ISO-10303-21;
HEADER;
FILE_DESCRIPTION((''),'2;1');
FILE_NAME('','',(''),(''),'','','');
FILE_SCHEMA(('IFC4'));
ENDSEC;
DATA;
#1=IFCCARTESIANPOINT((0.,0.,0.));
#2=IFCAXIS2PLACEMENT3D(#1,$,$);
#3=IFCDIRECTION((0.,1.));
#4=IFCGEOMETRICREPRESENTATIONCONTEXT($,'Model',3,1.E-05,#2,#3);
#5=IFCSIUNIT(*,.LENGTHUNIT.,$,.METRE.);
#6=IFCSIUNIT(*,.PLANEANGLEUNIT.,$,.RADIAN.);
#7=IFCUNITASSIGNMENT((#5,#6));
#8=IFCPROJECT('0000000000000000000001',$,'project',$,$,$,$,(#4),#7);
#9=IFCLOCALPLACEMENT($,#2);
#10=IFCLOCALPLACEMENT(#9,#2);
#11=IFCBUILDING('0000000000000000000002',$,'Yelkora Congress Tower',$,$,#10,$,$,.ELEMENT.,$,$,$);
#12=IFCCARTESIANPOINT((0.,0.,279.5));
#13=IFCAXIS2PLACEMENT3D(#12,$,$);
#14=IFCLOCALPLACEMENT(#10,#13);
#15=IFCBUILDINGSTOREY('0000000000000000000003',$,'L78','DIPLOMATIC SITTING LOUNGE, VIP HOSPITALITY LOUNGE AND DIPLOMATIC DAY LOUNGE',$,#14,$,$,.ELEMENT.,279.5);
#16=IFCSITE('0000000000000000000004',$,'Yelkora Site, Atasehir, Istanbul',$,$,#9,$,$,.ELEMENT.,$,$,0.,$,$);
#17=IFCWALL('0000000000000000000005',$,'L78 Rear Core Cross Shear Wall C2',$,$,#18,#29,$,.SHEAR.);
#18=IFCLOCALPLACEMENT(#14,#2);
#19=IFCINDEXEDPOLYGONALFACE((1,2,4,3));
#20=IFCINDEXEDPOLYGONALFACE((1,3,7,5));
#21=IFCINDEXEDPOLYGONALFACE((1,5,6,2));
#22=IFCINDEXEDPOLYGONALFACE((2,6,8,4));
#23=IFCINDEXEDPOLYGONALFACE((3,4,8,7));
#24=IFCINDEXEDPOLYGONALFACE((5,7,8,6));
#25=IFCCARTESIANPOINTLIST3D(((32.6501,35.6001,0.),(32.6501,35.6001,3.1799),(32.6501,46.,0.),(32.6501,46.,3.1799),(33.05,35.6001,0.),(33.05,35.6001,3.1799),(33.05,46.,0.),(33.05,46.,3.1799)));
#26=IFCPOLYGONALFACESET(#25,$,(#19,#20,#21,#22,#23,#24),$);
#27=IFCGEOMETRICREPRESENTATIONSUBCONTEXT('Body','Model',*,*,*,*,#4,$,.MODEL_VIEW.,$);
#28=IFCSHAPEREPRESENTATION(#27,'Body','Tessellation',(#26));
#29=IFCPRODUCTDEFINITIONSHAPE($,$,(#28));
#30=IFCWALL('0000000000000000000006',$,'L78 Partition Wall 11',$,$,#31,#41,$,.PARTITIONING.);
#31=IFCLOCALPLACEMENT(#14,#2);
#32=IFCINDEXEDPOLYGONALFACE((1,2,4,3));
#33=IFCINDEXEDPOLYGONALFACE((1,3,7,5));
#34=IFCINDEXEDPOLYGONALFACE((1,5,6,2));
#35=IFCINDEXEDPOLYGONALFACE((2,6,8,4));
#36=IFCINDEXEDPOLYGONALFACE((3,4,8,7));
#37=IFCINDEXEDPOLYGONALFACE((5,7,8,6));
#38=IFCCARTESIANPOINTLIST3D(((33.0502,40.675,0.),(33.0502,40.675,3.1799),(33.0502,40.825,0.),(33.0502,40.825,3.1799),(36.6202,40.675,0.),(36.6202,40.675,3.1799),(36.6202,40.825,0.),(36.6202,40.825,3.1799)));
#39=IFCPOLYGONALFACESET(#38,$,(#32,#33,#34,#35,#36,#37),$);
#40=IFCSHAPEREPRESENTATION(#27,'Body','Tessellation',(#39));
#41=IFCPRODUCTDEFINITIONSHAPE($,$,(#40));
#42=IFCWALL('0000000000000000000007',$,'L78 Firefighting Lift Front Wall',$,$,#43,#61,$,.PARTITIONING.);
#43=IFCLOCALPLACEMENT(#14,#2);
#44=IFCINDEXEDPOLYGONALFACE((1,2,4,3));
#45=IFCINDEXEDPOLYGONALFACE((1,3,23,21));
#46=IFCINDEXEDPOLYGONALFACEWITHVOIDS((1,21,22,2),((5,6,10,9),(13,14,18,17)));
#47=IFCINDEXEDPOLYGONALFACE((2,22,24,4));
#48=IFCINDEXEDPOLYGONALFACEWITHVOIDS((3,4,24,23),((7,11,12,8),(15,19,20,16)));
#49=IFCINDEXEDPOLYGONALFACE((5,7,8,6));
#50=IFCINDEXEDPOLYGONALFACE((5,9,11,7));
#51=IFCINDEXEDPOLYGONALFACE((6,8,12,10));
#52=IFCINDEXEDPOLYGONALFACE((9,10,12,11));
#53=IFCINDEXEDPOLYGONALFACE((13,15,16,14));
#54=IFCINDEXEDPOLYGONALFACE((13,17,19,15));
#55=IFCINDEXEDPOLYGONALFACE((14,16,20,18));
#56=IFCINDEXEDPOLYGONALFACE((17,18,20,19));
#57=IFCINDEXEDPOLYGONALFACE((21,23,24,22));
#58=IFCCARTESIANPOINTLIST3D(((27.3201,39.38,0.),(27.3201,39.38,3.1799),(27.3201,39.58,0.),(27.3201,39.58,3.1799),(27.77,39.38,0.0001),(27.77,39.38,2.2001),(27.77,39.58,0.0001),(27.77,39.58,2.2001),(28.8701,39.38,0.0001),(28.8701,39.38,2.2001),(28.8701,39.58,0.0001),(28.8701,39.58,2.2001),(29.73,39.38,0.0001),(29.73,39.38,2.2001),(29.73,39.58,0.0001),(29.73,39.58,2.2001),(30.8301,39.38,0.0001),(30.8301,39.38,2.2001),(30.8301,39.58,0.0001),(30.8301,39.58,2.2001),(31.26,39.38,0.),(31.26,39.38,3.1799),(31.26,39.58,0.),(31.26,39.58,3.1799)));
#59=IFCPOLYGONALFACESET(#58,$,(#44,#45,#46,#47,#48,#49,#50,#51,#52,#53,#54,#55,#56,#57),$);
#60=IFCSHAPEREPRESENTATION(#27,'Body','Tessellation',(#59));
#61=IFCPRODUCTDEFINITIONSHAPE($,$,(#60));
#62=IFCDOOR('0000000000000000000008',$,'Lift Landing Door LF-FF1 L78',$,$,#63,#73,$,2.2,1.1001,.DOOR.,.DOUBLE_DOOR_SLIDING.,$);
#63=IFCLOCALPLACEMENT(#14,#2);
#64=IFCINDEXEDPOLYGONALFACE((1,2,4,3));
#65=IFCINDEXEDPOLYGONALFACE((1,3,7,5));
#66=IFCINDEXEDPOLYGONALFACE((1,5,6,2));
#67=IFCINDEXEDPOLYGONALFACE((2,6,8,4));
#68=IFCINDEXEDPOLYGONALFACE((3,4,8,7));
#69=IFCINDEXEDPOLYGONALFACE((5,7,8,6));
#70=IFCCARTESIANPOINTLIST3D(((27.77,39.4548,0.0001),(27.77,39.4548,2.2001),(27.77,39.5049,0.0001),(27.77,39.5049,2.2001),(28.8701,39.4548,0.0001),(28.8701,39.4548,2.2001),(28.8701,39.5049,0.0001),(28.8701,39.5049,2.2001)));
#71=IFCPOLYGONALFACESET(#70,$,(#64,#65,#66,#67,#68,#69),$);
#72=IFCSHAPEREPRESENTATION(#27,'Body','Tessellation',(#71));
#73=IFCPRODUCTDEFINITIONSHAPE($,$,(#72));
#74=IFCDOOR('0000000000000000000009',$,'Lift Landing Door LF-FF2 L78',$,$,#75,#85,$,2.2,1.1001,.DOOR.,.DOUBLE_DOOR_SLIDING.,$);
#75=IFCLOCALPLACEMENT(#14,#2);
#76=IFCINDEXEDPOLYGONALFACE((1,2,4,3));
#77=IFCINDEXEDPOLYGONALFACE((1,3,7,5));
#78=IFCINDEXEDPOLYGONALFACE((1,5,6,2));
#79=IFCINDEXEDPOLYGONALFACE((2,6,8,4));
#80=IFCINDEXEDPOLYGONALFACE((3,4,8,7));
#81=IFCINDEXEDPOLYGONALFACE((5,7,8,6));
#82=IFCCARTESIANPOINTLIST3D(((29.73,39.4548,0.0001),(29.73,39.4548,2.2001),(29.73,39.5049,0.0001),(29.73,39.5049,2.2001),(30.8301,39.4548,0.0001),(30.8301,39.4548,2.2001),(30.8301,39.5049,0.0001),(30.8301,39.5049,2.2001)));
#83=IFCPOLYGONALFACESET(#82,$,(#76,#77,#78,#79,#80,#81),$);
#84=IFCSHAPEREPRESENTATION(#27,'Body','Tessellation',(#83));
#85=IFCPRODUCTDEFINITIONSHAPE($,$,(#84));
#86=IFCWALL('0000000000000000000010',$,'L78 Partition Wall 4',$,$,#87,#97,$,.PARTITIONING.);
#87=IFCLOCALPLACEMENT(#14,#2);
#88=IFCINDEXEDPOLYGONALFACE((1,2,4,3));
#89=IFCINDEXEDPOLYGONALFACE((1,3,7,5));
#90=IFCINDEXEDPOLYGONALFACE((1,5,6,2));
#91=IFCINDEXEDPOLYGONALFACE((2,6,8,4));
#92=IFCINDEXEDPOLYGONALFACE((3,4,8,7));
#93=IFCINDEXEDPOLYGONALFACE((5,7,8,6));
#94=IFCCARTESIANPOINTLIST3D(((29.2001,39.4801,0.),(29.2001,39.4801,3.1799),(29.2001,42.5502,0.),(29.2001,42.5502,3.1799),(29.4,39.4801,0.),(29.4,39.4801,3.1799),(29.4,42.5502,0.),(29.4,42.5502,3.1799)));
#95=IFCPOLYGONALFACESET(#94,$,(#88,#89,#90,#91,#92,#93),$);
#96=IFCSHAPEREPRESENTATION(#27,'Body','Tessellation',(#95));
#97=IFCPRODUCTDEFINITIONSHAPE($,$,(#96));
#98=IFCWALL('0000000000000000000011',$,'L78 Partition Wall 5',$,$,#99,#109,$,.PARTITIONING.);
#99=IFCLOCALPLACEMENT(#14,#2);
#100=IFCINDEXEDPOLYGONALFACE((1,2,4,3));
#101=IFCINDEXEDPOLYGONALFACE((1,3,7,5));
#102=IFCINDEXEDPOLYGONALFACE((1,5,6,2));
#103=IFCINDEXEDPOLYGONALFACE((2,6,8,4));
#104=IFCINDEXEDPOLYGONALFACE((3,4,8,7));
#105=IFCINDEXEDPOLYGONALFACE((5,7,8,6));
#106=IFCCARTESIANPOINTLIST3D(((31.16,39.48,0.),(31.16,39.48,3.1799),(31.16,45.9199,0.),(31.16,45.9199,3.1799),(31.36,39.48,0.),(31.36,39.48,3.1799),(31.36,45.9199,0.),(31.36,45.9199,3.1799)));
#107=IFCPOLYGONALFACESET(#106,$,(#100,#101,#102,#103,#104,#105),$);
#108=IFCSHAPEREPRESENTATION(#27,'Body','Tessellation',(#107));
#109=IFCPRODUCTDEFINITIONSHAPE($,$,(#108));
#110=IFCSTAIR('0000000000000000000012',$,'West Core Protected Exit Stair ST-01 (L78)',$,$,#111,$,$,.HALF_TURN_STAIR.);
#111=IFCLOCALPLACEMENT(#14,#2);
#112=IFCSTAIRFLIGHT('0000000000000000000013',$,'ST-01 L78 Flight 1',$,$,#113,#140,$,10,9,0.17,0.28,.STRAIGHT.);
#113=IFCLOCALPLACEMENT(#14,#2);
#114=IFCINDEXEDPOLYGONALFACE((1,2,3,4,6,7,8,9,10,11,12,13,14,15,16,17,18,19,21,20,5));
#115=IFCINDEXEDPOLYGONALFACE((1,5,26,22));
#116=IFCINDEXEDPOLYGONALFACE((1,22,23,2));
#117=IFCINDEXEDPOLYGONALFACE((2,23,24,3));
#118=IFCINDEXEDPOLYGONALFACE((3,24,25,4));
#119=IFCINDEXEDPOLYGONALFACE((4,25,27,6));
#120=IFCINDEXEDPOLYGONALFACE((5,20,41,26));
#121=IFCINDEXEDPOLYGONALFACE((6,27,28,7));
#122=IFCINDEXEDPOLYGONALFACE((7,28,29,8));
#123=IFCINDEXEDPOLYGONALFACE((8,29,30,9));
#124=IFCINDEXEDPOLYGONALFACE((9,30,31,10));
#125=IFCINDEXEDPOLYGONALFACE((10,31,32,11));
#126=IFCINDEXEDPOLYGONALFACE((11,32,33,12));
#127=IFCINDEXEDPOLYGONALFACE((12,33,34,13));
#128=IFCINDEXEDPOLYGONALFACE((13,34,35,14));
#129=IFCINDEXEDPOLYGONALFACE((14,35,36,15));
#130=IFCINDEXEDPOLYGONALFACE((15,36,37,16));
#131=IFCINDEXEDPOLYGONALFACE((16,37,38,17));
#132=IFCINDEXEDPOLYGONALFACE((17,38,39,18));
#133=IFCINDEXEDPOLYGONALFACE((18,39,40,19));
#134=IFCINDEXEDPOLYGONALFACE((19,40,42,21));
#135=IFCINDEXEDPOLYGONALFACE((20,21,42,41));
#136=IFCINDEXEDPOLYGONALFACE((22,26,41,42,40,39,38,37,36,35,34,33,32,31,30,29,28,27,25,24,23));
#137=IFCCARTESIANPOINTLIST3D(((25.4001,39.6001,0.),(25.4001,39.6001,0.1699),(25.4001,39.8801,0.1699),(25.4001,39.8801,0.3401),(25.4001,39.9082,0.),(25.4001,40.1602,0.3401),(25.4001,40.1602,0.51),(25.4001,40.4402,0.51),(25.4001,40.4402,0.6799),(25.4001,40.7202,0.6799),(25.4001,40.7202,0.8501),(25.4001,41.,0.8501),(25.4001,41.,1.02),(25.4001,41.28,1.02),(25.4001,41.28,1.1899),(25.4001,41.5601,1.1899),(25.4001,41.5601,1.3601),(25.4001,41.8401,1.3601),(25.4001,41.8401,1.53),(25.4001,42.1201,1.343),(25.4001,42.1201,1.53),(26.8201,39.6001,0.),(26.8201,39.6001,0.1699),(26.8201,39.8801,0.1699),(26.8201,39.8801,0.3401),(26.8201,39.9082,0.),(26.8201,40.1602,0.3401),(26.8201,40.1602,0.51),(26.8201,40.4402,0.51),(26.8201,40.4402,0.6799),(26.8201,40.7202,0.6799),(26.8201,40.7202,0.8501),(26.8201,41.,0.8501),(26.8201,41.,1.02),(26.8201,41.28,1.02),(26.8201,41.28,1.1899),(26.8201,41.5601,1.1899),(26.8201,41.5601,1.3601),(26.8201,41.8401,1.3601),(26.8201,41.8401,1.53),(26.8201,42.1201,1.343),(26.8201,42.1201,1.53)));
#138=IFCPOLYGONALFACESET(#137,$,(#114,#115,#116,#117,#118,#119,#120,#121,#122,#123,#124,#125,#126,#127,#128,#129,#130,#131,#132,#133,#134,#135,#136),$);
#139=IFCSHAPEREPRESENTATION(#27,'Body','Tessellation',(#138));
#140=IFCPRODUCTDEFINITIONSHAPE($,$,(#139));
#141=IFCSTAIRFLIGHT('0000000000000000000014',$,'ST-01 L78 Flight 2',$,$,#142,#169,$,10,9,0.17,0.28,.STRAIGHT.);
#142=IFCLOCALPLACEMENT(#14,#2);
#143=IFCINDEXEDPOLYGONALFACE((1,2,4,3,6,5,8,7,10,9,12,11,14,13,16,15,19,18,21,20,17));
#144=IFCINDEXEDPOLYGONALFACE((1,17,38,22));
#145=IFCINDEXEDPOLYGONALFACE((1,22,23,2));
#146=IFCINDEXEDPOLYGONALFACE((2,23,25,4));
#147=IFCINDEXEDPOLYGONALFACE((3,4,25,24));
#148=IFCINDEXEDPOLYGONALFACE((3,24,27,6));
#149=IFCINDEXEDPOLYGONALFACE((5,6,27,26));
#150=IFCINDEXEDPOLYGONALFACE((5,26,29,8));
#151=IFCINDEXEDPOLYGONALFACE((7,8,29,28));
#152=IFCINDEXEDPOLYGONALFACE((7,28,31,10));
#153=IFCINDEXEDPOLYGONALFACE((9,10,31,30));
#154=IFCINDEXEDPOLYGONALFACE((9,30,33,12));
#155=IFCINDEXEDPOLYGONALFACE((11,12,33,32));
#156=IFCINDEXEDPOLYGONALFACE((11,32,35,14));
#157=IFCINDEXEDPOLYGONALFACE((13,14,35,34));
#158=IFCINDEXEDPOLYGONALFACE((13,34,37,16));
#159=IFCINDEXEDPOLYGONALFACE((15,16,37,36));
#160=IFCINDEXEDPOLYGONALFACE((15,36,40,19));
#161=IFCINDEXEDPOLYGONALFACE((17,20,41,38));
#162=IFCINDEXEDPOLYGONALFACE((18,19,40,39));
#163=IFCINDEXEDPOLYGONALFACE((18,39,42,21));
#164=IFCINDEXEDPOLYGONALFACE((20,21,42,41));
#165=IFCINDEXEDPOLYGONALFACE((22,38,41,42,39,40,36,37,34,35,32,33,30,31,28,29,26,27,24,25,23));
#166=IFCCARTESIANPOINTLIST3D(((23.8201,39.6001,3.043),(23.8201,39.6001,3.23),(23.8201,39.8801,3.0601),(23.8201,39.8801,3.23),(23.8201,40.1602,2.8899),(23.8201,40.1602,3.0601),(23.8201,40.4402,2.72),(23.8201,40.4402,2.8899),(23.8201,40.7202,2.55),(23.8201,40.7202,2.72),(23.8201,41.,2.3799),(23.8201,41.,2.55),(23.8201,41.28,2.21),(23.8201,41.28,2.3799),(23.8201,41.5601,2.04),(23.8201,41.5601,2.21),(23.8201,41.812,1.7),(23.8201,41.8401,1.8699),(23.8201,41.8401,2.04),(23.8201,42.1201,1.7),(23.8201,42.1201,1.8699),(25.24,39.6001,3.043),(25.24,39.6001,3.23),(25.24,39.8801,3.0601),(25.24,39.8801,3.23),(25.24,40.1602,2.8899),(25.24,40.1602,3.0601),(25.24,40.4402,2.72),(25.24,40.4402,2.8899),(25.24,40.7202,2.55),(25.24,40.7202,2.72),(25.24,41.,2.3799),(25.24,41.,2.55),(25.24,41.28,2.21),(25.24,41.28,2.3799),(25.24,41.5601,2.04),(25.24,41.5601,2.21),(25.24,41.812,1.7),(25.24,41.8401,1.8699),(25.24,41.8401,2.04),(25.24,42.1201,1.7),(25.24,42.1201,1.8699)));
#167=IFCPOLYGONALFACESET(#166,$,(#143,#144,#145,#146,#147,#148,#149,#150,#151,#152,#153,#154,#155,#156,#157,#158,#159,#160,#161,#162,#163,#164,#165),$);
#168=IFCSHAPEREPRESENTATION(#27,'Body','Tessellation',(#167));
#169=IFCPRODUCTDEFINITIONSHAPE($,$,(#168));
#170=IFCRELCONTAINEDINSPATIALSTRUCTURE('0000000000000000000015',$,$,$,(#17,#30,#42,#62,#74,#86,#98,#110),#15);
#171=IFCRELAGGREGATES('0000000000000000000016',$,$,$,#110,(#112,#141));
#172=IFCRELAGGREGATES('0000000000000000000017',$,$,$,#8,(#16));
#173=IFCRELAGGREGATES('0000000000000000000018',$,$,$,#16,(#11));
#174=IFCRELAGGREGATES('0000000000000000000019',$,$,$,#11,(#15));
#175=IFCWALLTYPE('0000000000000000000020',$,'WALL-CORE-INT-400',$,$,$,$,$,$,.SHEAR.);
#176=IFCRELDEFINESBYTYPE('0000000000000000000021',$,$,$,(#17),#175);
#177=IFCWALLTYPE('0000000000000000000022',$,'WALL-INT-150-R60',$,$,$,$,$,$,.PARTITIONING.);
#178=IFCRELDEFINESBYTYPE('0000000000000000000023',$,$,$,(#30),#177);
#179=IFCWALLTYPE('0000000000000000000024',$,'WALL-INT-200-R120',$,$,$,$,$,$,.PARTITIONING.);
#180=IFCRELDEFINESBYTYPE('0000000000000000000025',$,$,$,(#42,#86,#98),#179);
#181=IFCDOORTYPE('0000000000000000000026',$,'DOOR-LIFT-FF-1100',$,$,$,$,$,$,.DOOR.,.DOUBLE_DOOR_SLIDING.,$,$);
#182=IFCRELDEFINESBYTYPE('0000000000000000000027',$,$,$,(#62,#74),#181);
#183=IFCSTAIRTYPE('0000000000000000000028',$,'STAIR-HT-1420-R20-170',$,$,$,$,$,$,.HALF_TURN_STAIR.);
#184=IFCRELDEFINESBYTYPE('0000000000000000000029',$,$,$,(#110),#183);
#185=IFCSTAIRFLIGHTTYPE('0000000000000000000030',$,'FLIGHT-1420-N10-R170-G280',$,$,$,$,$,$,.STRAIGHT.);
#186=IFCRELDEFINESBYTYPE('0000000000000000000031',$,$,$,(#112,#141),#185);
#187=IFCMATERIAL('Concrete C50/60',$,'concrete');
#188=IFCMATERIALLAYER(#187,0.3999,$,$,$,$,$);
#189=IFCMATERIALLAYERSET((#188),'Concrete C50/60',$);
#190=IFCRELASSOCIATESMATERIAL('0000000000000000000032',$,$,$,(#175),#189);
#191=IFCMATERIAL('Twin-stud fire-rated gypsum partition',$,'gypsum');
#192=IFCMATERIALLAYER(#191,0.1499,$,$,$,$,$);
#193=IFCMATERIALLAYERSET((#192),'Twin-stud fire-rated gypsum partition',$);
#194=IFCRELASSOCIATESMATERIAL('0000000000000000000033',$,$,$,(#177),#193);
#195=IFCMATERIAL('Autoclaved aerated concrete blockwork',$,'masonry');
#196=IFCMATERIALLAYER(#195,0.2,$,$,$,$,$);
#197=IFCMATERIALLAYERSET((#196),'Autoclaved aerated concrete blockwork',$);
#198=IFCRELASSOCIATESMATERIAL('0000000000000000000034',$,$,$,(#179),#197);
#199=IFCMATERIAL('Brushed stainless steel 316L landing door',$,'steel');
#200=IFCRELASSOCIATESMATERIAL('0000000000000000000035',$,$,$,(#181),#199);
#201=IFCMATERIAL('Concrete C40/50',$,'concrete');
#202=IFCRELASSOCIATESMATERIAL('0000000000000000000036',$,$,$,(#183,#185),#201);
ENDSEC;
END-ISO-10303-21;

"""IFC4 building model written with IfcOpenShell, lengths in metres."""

from ifc_helpers import new_model, si_unit, direction, frame, frame_2d, origin, place, context, subcontext, project, spatial, polyline, rectangle, outline, extrude, material, layer, layer_set, type_object, element, fill, aggregate, save


model = new_model("IFC4")

# Units and contexts
model_context = context("Model", 3, precision=1e-05, world=origin(), true_north=direction((0.0, 1.0)))
body_context = subcontext(model_context, "Body", "Model", "MODEL_VIEW")
ifc_project = project(units=[si_unit("LENGTHUNIT", "METRE"), si_unit("PLANEANGLEUNIT", "RADIAN")], contexts=[model_context])

# Site, building, storey
site_placement = place(None, origin())
site = spatial("IfcSite", under=ifc_project, at=site_placement, Name="Yelkora Site, Atasehir, Istanbul", CompositionType="ELEMENT", RefElevation=0.0)
building_placement = place(site_placement, origin())
building = spatial("IfcBuilding", under=site, at=building_placement, Name="Yelkora Congress Tower", CompositionType="ELEMENT")
storey_placement = place(building_placement, frame((0.0, 0.0, 279.5)))
storey = spatial("IfcBuildingStorey", under=building, at=storey_placement, Name="L78", Description="DIPLOMATIC SITTING LOUNGE, VIP HOSPITALITY LOUNGE AND DIPLOMATIC DAY LOUNGE", CompositionType="ELEMENT", Elevation=279.5)

# Shared definitions
ifc_material_1 = material(Name="Concrete C50/60", Category="concrete")
ifc_layer_1 = layer(ifc_material_1, 0.3999)
ifc_layer_set_1 = layer_set([ifc_layer_1], Name="Concrete C50/60")
wall_type_1 = type_object("IfcWallType", Name="WALL-CORE-INT-400", PredefinedType="SHEAR", material=ifc_layer_set_1)

# Walls
wall_1_placement = place(storey_placement, frame((32.8501, 35.6001, 0.0), z_axis=(0.0, 0.0, 1.0), x_axis=(0.0, 1.0, 0.0)))
element("IfcWall", 1, at=wall_1_placement, inside=storey, type_object=wall_type_1, Name="L78 Rear Core Cross Shear Wall C2", PredefinedType="SHEAR", context=body_context, shape_type="SweptSolid", body=[
    extrude(rectangle(XDim=10.3999, YDim=0.3999, at=frame_2d((5.2, 0.0))), origin(), (0.0, 0.0, 1.0), 3.1799),
])
ifc_material_2 = material(Name="Twin-stud fire-rated gypsum partition", Category="gypsum")
ifc_layer_2 = layer(ifc_material_2, 0.1499)
ifc_layer_set_2 = layer_set([ifc_layer_2], Name="Twin-stud fire-rated gypsum partition")
wall_type_2 = type_object("IfcWallType", Name="WALL-INT-150-R60", PredefinedType="PARTITIONING", material=ifc_layer_set_2)
wall_2_placement = place(storey_placement, frame((33.05, 40.75, 0.0), z_axis=(0.0, 0.0, 1.0), x_axis=(1.0, 0.0, 0.0)))
element("IfcWall", 2, at=wall_2_placement, inside=storey, type_object=wall_type_2, Name="L78 Partition Wall 11", PredefinedType="PARTITIONING", context=body_context, shape_type="SweptSolid", body=[
    extrude(rectangle(XDim=3.5701, YDim=0.1499, at=frame_2d((1.7852, 0.0))), origin(), (0.0, 0.0, 1.0), 3.1799),
])

# Shared definitions
ifc_material_3 = material(Name="Autoclaved aerated concrete blockwork", Category="masonry")
ifc_layer_3 = layer(ifc_material_3, 0.2)
ifc_layer_set_3 = layer_set([ifc_layer_3], Name="Autoclaved aerated concrete blockwork")
wall_type_3 = type_object("IfcWallType", Name="WALL-INT-200-R120", PredefinedType="PARTITIONING", material=ifc_layer_set_3)

# Wall, openings, doors
wall_3_placement = place(storey_placement, frame((27.3201, 39.48, 0.0), z_axis=(0.0, 0.0, 1.0), x_axis=(1.0, 0.0, 0.0)))
wall_3 = element("IfcWall", 3, at=wall_3_placement, inside=storey, type_object=wall_type_3, Name="L78 Firefighting Lift Front Wall", PredefinedType="PARTITIONING", context=body_context, shape_type="SweptSolid", body=[
    extrude(rectangle(XDim=3.9399, YDim=0.2, at=frame_2d((1.97, 0.0))), origin(), (0.0, 0.0, 1.0), 3.1799),
])
opening_1_placement = place(wall_3_placement, frame((0.45, 0.0, 0.0)))
opening_1 = element("IfcOpeningElement", 4, at=opening_1_placement, cuts=wall_3, PredefinedType="OPENING", context=body_context, shape_type="SweptSolid", body=[
    extrude(rectangle(XDim=1.1001, YDim=2.2, at=frame_2d((0.55, 1.1001))), frame((0.0, 0.1099, 0.0), z_axis=(0.0, -1.0, 0.0), x_axis=(1.0, 0.0, 0.0)), (0.0, 0.0, 1.0), 0.22),
])
opening_2_placement = place(wall_3_placement, frame((2.4099, 0.0, 0.0)))
opening_2 = element("IfcOpeningElement", 5, at=opening_2_placement, cuts=wall_3, PredefinedType="OPENING", context=body_context, shape_type="SweptSolid", body=[
    extrude(rectangle(XDim=1.1001, YDim=2.2, at=frame_2d((0.55, 1.1001))), frame((0.0, 0.1099, 0.0), z_axis=(0.0, -1.0, 0.0), x_axis=(1.0, 0.0, 0.0)), (0.0, 0.0, 1.0), 0.22),
])
ifc_material_4 = material(Name="Brushed stainless steel 316L landing door", Category="steel")
door_type_1 = type_object("IfcDoorType", Name="DOOR-LIFT-FF-1100", OperationType="DOUBLE_DOOR_SLIDING", PredefinedType="DOOR", material=ifc_material_4)
door_1_placement = place(opening_1_placement, origin())
door_1 = element("IfcDoor", 6, at=door_1_placement, inside=storey, type_object=door_type_1, Name="Lift Landing Door LF-FF1 L78", OperationType="DOUBLE_DOOR_SLIDING", OverallHeight=2.2, OverallWidth=1.1001, PredefinedType="DOOR", context=body_context, shape_type="SweptSolid", body=[
    extrude(rectangle(XDim=1.1001, YDim=2.2, at=frame_2d((0.55, 1.1001))), frame((0.0, 0.0249, 0.0), z_axis=(0.0, -1.0, 0.0), x_axis=(1.0, 0.0, 0.0)), (0.0, 0.0, 1.0), 0.05),
])
fill(opening_1, door_1)
door_2_placement = place(opening_2_placement, origin())
door_2 = element("IfcDoor", 7, at=door_2_placement, inside=storey, type_object=door_type_1, Name="Lift Landing Door LF-FF2 L78", OperationType="DOUBLE_DOOR_SLIDING", OverallHeight=2.2, OverallWidth=1.1001, PredefinedType="DOOR", context=body_context, shape_type="SweptSolid", body=[
    extrude(rectangle(XDim=1.1001, YDim=2.2, at=frame_2d((0.55, 1.1001))), frame((0.0, 0.0249, 0.0), z_axis=(0.0, -1.0, 0.0), x_axis=(1.0, 0.0, 0.0)), (0.0, 0.0, 1.0), 0.05),
])
fill(opening_2, door_2)

# Walls
wall_4_placement = place(storey_placement, frame((29.3, 39.48, 0.0), z_axis=(0.0, 0.0, 1.0), x_axis=(0.0, 1.0, 0.0)))
element("IfcWall", 8, at=wall_4_placement, inside=storey, type_object=wall_type_3, Name="L78 Partition Wall 4", PredefinedType="PARTITIONING", context=body_context, shape_type="SweptSolid", body=[
    extrude(rectangle(XDim=3.0701, YDim=0.2, at=frame_2d((1.5352, 0.0))), origin(), (0.0, 0.0, 1.0), 3.1799),
])
wall_5_placement = place(storey_placement, frame((31.26, 39.48, 0.0), z_axis=(0.0, 0.0, 1.0), x_axis=(0.0, 1.0, 0.0)))
element("IfcWall", 9, at=wall_5_placement, inside=storey, type_object=wall_type_3, Name="L78 Partition Wall 5", PredefinedType="PARTITIONING", context=body_context, shape_type="SweptSolid", body=[
    extrude(rectangle(XDim=6.4399, YDim=0.2, at=frame_2d((3.22, 0.0))), origin(), (0.0, 0.0, 1.0), 3.1799),
])

# Stair, stair flights
ifc_material_5 = material(Name="Concrete C40/50", Category="concrete")
stair_type = type_object("IfcStairType", Name="STAIR-HT-1420-R20-170", PredefinedType="HALF_TURN_STAIR", material=ifc_material_5)
stair_placement = place(storey_placement, origin())
stair = element("IfcStair", 10, at=stair_placement, inside=storey, type_object=stair_type, Name="West Core Protected Exit Stair ST-01 (L78)", PredefinedType="HALF_TURN_STAIR")
stair_flight_type = type_object("IfcStairFlightType", Name="FLIGHT-1420-N10-R170-G280", PredefinedType="STRAIGHT", material=ifc_material_5)
stair_flight_1_placement = place(storey_placement, frame((26.1101, 39.6001, 0.0), z_axis=(0.0, 0.0, 1.0), x_axis=(0.0, 1.0, 0.0)))
stair_flight_1 = element("IfcStairFlight", 11, at=stair_flight_1_placement, type_object=stair_flight_type, Name="ST-01 L78 Flight 1", NumberOfRisers=10, NumberOfTreads=9, PredefinedType="STRAIGHT", RiserHeight=0.17, TreadLength=0.28, context=body_context, shape_type="SweptSolid", body=[
    extrude(outline(polyline([(0.0, 0.0), (0.0, 0.1699), (0.28, 0.1699), (0.28, 0.3401), (0.5601, 0.3401), (0.5601, 0.51), (0.8401, 0.51), (0.8401, 0.6799), (1.1201, 0.6799), (1.1201, 0.8501), (1.3999, 0.8501), (1.3999, 1.02), (1.6799, 1.02), (1.6799, 1.1899), (1.96, 1.1899), (1.96, 1.3601), (2.24, 1.3601), (2.24, 1.53), (2.52, 1.53), (2.52, 1.7), (2.52, 1.343), (0.3081, 0.0), (0.0, 0.0)])), frame((0.0, 0.71, 0.0), z_axis=(0.0, -1.0, 0.0), x_axis=(1.0, 0.0, 0.0)), (0.0, 0.0, 1.0), 1.4199),
])
stair_flight_2_placement = place(storey_placement, frame((24.53, 42.1201, 1.7), z_axis=(0.0, 0.0, 1.0), x_axis=(0.0, -1.0, 0.0)))
stair_flight_2 = element("IfcStairFlight", 12, at=stair_flight_2_placement, type_object=stair_flight_type, Name="ST-01 L78 Flight 2", NumberOfRisers=10, NumberOfTreads=9, PredefinedType="STRAIGHT", RiserHeight=0.17, TreadLength=0.28, context=body_context, shape_type="SweptSolid", body=[
    extrude(outline(polyline([(0.0, 0.0), (0.0, 0.1699), (0.28, 0.1699), (0.28, 0.3401), (0.5601, 0.3401), (0.5601, 0.51), (0.8401, 0.51), (0.8401, 0.6799), (1.1201, 0.6799), (1.1201, 0.8501), (1.3999, 0.8501), (1.3999, 1.02), (1.6799, 1.02), (1.6799, 1.1899), (1.96, 1.1899), (1.96, 1.3601), (2.24, 1.3601), (2.24, 1.53), (2.52, 1.53), (2.52, 1.7), (2.52, 1.343), (0.3081, 0.0), (0.0, 0.0)])), frame((0.0, 0.71, 0.0), z_axis=(0.0, -1.0, 0.0), x_axis=(1.0, 0.0, 0.0)), (0.0, 0.0, 1.0), 1.4199),
])
aggregate(stair, [stair_flight_1, stair_flight_2])

save(model, "model.ifc")
